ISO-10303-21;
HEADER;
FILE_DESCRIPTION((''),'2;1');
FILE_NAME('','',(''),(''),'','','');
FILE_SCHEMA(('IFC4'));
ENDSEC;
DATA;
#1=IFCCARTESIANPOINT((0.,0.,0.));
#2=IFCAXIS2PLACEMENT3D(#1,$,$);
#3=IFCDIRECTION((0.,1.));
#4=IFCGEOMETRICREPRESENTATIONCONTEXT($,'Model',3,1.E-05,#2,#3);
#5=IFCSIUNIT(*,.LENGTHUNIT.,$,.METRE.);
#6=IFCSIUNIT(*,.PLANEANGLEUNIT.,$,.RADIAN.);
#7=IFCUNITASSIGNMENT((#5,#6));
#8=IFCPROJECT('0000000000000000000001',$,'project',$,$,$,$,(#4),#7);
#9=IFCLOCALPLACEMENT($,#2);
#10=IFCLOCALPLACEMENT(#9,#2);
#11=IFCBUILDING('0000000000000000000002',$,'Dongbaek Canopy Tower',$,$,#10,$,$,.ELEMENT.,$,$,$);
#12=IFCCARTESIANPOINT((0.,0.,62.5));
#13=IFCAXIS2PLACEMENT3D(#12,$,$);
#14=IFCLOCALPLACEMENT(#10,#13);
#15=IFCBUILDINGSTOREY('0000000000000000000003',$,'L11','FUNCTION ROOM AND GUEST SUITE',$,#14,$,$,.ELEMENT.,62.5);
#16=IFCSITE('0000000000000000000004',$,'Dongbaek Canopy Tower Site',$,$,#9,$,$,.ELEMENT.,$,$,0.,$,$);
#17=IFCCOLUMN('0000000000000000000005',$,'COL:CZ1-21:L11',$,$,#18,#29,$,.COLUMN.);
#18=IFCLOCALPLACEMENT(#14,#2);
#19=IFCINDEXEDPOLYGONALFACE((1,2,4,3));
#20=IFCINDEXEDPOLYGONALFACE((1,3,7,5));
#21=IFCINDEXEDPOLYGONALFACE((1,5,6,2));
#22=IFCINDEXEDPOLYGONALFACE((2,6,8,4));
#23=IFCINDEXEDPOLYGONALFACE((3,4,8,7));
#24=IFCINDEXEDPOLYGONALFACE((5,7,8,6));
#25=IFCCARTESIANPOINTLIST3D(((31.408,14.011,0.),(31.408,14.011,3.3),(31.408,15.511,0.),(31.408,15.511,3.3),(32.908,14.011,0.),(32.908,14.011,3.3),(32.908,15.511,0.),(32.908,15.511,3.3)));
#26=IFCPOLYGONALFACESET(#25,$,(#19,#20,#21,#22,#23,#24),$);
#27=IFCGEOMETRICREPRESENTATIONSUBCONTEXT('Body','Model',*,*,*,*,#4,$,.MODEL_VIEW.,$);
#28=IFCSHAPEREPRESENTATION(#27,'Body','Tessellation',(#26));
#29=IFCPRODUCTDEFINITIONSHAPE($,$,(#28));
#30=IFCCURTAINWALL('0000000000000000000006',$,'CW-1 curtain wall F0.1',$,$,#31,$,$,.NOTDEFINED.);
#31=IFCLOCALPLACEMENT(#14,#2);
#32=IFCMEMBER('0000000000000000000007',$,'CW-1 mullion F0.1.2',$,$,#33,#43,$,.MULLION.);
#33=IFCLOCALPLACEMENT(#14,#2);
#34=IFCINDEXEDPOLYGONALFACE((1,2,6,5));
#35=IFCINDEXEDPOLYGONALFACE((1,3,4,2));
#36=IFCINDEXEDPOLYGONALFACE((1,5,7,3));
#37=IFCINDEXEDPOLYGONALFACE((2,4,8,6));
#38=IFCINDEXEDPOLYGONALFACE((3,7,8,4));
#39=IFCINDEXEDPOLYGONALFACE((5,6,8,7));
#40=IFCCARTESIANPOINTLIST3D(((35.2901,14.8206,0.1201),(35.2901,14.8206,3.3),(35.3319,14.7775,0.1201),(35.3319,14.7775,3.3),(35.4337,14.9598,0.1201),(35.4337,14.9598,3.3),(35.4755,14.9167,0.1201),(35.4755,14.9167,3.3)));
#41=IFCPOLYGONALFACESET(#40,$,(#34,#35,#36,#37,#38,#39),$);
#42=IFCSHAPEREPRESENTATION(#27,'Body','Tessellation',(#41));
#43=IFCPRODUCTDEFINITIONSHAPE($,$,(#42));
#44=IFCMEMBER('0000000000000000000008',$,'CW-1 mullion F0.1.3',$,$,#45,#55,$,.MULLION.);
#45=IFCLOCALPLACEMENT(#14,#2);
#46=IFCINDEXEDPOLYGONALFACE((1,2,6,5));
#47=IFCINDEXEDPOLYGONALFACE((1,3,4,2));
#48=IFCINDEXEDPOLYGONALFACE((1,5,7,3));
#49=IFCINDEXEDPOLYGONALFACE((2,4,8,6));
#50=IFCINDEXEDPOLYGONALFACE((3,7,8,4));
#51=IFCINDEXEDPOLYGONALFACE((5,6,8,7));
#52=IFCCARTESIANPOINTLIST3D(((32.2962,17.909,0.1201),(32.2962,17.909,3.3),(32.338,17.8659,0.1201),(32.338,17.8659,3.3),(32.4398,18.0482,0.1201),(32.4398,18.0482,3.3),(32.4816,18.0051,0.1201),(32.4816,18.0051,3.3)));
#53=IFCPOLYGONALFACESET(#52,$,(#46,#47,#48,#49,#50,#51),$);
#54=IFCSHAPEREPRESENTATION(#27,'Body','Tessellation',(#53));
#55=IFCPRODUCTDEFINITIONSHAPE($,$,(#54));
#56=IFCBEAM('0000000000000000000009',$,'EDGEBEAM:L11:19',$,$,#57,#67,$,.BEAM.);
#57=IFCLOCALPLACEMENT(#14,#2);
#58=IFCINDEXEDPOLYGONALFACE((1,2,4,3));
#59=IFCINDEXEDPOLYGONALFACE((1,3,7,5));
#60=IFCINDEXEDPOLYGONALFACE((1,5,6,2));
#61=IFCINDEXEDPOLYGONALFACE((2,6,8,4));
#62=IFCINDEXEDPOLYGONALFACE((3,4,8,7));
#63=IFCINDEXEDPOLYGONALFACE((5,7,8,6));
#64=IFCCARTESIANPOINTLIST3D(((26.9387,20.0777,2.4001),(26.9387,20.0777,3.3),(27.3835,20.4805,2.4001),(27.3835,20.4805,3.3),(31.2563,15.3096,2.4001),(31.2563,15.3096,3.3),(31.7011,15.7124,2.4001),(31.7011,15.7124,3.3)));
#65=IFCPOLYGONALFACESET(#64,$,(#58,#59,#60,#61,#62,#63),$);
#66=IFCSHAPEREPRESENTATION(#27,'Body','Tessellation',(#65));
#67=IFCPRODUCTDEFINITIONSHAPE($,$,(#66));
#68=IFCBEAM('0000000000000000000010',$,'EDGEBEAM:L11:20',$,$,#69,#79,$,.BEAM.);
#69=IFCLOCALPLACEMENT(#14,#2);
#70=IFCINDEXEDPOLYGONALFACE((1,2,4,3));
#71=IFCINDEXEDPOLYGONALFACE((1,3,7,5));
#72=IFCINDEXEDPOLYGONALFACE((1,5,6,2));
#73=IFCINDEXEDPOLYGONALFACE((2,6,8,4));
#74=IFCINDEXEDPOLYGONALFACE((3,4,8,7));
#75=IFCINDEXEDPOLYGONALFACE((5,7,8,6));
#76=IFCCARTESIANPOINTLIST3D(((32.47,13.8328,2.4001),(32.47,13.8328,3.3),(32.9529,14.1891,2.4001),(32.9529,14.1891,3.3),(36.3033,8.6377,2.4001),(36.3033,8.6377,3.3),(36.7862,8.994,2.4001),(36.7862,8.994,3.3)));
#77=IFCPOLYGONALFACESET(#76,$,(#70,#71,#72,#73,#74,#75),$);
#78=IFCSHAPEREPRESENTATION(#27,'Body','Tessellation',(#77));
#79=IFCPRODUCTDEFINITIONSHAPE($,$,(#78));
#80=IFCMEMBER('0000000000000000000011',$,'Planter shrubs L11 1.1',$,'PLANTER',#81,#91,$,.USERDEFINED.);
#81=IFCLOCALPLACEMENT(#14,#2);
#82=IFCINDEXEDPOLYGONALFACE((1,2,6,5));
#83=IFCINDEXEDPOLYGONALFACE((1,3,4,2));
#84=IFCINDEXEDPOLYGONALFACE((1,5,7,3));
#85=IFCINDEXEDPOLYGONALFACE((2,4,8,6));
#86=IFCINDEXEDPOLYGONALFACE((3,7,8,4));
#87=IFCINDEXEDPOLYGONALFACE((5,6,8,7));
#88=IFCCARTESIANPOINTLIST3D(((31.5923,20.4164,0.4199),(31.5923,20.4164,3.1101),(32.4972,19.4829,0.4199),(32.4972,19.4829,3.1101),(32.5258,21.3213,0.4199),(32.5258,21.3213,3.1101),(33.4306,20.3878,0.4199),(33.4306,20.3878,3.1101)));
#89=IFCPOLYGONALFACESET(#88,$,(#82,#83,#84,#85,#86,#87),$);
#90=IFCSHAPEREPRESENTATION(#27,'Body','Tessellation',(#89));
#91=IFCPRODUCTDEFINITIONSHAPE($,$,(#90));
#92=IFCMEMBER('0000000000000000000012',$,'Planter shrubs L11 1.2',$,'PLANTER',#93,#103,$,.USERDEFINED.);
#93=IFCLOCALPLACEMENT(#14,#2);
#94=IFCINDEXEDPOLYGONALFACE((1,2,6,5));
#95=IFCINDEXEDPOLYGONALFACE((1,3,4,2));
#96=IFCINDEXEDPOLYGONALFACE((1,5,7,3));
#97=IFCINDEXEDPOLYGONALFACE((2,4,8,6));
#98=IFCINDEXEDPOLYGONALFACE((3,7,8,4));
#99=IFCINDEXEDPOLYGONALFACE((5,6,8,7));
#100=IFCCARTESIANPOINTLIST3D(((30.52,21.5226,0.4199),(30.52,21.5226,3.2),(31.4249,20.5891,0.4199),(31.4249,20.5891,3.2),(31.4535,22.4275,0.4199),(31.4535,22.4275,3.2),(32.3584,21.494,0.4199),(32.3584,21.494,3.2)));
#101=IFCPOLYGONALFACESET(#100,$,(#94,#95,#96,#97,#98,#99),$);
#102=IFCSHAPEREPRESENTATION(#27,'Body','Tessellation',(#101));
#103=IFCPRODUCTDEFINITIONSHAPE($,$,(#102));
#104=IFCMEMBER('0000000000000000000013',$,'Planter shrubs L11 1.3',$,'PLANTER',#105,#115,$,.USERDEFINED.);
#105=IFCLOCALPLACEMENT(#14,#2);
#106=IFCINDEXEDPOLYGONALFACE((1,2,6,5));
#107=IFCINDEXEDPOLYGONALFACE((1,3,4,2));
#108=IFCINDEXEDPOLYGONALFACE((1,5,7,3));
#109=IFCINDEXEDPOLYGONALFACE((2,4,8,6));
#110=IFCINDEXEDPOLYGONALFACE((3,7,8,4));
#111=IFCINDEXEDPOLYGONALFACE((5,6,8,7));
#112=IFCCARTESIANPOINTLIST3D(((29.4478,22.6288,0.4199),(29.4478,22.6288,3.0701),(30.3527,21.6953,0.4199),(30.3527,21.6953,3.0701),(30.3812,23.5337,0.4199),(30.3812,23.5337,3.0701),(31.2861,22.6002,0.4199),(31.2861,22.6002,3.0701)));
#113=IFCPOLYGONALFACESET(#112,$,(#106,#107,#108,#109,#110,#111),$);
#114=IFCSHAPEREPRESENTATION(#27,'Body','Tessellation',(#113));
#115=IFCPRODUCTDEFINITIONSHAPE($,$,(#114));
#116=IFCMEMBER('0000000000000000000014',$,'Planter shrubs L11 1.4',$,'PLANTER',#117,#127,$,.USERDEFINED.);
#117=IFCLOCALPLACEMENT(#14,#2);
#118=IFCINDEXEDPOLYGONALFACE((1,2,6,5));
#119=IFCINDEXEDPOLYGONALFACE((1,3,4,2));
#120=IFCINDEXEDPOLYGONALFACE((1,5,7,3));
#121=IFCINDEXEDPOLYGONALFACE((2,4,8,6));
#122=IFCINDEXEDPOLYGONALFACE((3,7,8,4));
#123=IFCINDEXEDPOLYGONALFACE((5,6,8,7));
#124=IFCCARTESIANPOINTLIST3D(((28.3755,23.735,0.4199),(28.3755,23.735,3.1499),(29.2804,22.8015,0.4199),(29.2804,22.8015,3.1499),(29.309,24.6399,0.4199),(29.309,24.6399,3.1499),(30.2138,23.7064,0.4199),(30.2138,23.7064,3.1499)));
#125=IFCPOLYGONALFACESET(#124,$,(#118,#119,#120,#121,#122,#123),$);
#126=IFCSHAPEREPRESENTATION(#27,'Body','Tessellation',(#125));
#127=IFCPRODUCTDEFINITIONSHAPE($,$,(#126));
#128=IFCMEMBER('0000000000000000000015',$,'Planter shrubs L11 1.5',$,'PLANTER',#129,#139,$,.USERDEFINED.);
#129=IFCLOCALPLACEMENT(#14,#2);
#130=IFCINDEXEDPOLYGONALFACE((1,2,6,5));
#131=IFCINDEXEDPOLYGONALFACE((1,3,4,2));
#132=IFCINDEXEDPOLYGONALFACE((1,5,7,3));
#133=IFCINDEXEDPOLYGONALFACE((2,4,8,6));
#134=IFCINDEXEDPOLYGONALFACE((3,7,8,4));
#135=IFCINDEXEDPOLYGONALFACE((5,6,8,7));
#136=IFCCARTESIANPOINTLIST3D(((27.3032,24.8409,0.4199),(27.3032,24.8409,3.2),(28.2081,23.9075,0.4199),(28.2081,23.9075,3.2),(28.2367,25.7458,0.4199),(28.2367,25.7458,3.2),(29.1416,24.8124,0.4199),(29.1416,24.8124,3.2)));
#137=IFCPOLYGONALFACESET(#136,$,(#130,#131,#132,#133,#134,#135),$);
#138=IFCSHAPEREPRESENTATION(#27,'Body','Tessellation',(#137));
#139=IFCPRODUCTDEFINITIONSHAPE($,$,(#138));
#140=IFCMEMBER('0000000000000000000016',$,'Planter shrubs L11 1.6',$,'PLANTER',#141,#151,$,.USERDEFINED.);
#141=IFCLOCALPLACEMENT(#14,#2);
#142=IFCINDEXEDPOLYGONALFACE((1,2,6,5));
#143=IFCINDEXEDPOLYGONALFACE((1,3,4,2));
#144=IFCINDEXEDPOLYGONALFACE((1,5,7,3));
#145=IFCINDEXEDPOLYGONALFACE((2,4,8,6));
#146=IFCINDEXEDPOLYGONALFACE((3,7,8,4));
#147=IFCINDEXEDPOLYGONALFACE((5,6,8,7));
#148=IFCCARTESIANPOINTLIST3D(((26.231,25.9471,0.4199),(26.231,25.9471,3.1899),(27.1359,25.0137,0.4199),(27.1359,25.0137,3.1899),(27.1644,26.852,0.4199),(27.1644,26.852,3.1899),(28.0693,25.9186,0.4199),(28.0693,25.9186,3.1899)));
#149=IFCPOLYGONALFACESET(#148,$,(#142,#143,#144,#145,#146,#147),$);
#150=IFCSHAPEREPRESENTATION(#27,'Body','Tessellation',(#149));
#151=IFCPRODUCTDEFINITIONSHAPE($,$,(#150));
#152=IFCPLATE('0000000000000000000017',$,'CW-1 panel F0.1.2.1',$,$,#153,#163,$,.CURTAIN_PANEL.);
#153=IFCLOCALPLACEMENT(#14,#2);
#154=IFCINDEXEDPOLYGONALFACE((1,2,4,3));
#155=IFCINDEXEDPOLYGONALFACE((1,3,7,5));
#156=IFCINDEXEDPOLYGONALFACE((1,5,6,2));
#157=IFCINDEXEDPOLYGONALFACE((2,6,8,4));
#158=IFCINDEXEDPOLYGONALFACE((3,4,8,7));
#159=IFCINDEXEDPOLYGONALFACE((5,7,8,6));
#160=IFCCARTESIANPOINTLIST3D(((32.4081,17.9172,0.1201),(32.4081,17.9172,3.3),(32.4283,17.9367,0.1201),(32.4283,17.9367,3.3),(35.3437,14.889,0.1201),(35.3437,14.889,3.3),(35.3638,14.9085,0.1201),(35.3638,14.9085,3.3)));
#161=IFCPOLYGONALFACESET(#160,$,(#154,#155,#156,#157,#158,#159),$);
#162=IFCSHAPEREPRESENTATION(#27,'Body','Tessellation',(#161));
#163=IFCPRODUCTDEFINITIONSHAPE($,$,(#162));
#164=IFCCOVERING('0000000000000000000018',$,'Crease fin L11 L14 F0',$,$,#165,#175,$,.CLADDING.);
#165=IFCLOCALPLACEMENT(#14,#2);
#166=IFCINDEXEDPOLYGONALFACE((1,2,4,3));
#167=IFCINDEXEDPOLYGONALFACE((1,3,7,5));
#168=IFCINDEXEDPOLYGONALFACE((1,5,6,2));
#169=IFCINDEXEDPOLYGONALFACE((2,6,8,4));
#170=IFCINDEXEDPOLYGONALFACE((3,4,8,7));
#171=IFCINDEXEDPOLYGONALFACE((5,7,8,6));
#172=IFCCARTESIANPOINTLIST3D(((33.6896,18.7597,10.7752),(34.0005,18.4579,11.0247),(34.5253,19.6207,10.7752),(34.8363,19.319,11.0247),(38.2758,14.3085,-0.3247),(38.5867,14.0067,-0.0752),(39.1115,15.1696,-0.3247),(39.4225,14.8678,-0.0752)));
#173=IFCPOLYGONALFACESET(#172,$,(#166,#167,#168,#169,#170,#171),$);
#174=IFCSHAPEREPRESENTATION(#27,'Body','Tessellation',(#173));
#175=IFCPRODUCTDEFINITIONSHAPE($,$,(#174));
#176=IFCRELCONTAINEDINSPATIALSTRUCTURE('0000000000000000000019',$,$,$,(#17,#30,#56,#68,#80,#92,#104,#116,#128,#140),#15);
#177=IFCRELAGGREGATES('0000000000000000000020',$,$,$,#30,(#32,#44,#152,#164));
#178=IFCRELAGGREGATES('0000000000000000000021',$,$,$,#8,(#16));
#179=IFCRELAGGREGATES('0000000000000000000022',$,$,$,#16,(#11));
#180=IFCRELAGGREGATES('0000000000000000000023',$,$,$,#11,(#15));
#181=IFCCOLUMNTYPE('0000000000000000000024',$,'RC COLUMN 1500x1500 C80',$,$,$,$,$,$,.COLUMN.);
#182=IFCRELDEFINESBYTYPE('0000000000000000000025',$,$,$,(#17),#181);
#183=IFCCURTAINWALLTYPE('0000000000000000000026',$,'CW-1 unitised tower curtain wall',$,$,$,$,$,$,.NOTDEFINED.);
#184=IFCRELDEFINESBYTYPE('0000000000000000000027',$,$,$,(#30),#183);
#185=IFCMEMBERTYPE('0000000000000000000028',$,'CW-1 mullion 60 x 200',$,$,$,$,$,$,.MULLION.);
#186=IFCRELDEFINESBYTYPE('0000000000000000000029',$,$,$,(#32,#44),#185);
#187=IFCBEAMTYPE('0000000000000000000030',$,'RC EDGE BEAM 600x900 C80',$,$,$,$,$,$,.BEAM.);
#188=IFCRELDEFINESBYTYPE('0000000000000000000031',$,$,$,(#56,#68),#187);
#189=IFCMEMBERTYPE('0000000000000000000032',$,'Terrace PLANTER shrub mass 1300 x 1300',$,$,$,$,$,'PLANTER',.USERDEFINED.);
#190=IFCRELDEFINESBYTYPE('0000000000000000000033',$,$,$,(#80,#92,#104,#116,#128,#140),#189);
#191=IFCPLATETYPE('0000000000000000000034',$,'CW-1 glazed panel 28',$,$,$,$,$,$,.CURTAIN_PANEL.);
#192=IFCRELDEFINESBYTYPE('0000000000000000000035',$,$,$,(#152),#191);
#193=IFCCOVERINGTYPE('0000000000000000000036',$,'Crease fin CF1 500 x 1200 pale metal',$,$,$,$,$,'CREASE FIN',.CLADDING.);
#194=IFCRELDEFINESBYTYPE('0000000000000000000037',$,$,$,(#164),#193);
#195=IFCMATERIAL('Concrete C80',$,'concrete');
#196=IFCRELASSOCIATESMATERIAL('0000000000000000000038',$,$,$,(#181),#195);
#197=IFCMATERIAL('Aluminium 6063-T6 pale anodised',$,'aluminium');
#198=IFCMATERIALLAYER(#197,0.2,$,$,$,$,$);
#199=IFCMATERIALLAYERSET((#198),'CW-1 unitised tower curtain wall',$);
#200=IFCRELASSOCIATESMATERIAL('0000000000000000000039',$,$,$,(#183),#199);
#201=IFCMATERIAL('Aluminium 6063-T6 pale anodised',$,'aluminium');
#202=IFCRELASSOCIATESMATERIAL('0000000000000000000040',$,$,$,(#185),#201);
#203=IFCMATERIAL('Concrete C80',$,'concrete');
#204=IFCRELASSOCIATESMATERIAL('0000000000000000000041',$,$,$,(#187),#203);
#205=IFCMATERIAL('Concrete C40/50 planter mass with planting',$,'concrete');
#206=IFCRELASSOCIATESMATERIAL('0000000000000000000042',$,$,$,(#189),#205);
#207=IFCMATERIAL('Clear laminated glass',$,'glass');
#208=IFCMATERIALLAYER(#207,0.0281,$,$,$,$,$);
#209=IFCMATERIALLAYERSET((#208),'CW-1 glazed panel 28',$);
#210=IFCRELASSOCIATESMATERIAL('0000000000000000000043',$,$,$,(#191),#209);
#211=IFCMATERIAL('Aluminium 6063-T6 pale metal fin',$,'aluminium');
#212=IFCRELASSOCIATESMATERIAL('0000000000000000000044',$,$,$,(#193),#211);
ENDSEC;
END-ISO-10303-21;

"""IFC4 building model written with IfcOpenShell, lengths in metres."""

from ifc_helpers import new_model, si_unit, direction, frame, origin, origin_2d, place, context, subcontext, project, spatial, rectangle, extrude, material, layer, layer_set, material_profile, profile_set, type_object, element, aggregate, save


model = new_model("IFC4")

# Units and contexts
model_context = context("Model", 3, precision=1e-05, world=origin(), true_north=direction((0.0, 1.0)))
body_context = subcontext(model_context, "Body", "Model", "MODEL_VIEW")
ifc_project = project(units=[si_unit("LENGTHUNIT", "METRE"), si_unit("PLANEANGLEUNIT", "RADIAN")], contexts=[model_context])

# Site, building, storey
site_placement = place(None, origin())
site = spatial("IfcSite", under=ifc_project, at=site_placement, Name="Dongbaek Canopy Tower Site", CompositionType="ELEMENT", RefElevation=0.0)
building_placement = place(site_placement, origin())
building = spatial("IfcBuilding", under=site, at=building_placement, Name="Dongbaek Canopy Tower", CompositionType="ELEMENT")
storey_placement = place(building_placement, frame((0.0, 0.0, 62.5)))
storey = spatial("IfcBuildingStorey", under=building, at=storey_placement, Name="L11", Description="FUNCTION ROOM AND GUEST SUITE", CompositionType="ELEMENT", Elevation=62.5)

# Column
ifc_material_1 = material(Name="Concrete C80", Category="concrete")
ifc_material_profile_1 = material_profile(ifc_material_1, rectangle(XDim=1.5, YDim=1.5, at=origin_2d()), Name="RC COLUMN 1500x1500 C80")
ifc_profile_set_1 = profile_set([ifc_material_profile_1], Name="Concrete C80")
column_type = type_object("IfcColumnType", Name="RC COLUMN 1500x1500 C80", PredefinedType="COLUMN", material=ifc_profile_set_1)
column_placement = place(storey_placement, frame((32.158, 14.761, 0.0), z_axis=(0.0, 0.0, 1.0), x_axis=(1.0, 0.0, 0.0)))
element("IfcColumn", 1, at=column_placement, inside=storey, type_object=column_type, Name="COL:CZ1-21:L11", PredefinedType="COLUMN", context=body_context, shape_type="SweptSolid", body=[
    extrude(rectangle(XDim=1.5, YDim=1.5, at=origin_2d()), origin(), (0.0, 0.0, 1.0), 3.3),
])

# Curtain wall, members
ifc_material_2 = material(Name="Aluminium 6063-T6 pale anodised", Category="aluminium")
ifc_layer_1 = layer(ifc_material_2, 0.2)
ifc_layer_set_1 = layer_set([ifc_layer_1], Name="CW-1 unitised tower curtain wall")
curtain_wall_type = type_object("IfcCurtainWallType", Name="CW-1 unitised tower curtain wall", PredefinedType="NOTDEFINED", material=ifc_layer_set_1)
curtain_wall_placement = place(storey_placement, origin())
curtain_wall = element("IfcCurtainWall", 2, at=curtain_wall_placement, inside=storey, type_object=curtain_wall_type, Name="CW-1 curtain wall F0.1", PredefinedType="NOTDEFINED")
ifc_material_3 = material(Name="Aluminium 6063-T6 pale anodised", Category="aluminium")
ifc_material_profile_2 = material_profile(ifc_material_3, rectangle(XDim=0.2, YDim=0.0601, at=origin_2d()), Name="CW-1 mullion 60 x 200")
ifc_profile_set_2 = profile_set([ifc_material_profile_2], Name="Aluminium 6063-T6 pale anodised")
member_type_1 = type_object("IfcMemberType", Name="CW-1 mullion 60 x 200", PredefinedType="MULLION", material=ifc_profile_set_2)
member_1_placement = place(storey_placement, frame((35.3828, 14.8687, 0.1201), z_axis=(0.0, 0.0, 1.0), x_axis=(0.718004, 0.696039, 0.0)))
member_1 = element("IfcMember", 3, at=member_1_placement, type_object=member_type_1, Name="CW-1 mullion F0.1.2", PredefinedType="MULLION", context=body_context, shape_type="SweptSolid", body=[
    extrude(rectangle(XDim=0.2, YDim=0.0601, at=origin_2d()), origin(), (0.0, 0.0, 1.0), 3.1799),
])
member_2_placement = place(storey_placement, frame((32.3889, 17.957, 0.1201), z_axis=(0.0, 0.0, 1.0), x_axis=(0.718004, 0.696039, 0.0)))
member_2 = element("IfcMember", 4, at=member_2_placement, type_object=member_type_1, Name="CW-1 mullion F0.1.3", PredefinedType="MULLION", context=body_context, shape_type="SweptSolid", body=[
    extrude(rectangle(XDim=0.2, YDim=0.0601, at=origin_2d()), origin(), (0.0, 0.0, 1.0), 3.1799),
])

# Beams
ifc_material_4 = material(Name="Concrete C80", Category="concrete")
ifc_material_profile_3 = material_profile(ifc_material_4, rectangle(XDim=0.6001, YDim=0.8999, at=origin_2d()), Name="RC EDGE BEAM 600x900 C80")
ifc_profile_set_3 = profile_set([ifc_material_profile_3], Name="Concrete C80")
beam_type = type_object("IfcBeamType", Name="RC EDGE BEAM 600x900 C80", PredefinedType="BEAM", material=ifc_profile_set_3)
beam_1_placement = place(storey_placement, frame((27.1611, 20.2791, 2.8501), z_axis=(0.671226, -0.741252, 0.0), x_axis=(0.741252, 0.671226, 0.0)))
element("IfcBeam", 5, at=beam_1_placement, inside=storey, type_object=beam_type, Name="EDGEBEAM:L11:19", PredefinedType="BEAM", context=body_context, shape_type="SweptSolid", body=[
    extrude(rectangle(XDim=0.6001, YDim=0.8999, at=origin_2d()), origin(), (0.0, 0.0, 1.0), 6.4324),
])
beam_2_placement = place(storey_placement, frame((32.7114, 14.011, 2.8501), z_axis=(0.593732, -0.804663, 0.0), x_axis=(0.804663, 0.593732, 0.0)))
element("IfcBeam", 6, at=beam_2_placement, inside=storey, type_object=beam_type, Name="EDGEBEAM:L11:20", PredefinedType="BEAM", context=body_context, shape_type="SweptSolid", body=[
    extrude(rectangle(XDim=0.6001, YDim=0.8999, at=origin_2d()), origin(), (0.0, 0.0, 1.0), 6.4563),
])

# Members
ifc_material_5 = material(Name="Concrete C40/50 planter mass with planting", Category="concrete")
ifc_material_profile_4 = material_profile(ifc_material_5, rectangle(XDim=1.3, YDim=1.3, at=origin_2d()), Name="Terrace PLANTER shrub mass 1300 x 1300")
ifc_profile_set_4 = profile_set([ifc_material_profile_4], Name="Concrete C40/50 planter mass with planting")
member_type_2 = type_object("IfcMemberType", Name="Terrace PLANTER shrub mass 1300 x 1300", ElementType="PLANTER", PredefinedType="USERDEFINED", material=ifc_profile_set_4)
member_3_placement = place(storey_placement, frame((32.5115, 20.4021, 0.4199), z_axis=(0.0, 0.0, 1.0), x_axis=(0.718004, 0.696039, 0.0)))
element("IfcMember", 7, at=member_3_placement, inside=storey, type_object=member_type_2, Name="Planter shrubs L11 1.1", ObjectType="PLANTER", PredefinedType="USERDEFINED", context=body_context, shape_type="SweptSolid", body=[
    extrude(rectangle(XDim=1.3, YDim=1.3, at=origin_2d()), origin(), (0.0, 0.0, 1.0), 2.6902),
])
member_4_placement = place(storey_placement, frame((31.4392, 21.5083, 0.4199), z_axis=(0.0, 0.0, 1.0), x_axis=(0.718004, 0.696039, 0.0)))
element("IfcMember", 8, at=member_4_placement, inside=storey, type_object=member_type_2, Name="Planter shrubs L11 1.2", ObjectType="PLANTER", PredefinedType="USERDEFINED", context=body_context, shape_type="SweptSolid", body=[
    extrude(rectangle(XDim=1.3, YDim=1.3, at=origin_2d()), origin(), (0.0, 0.0, 1.0), 2.78),
])
member_5_placement = place(storey_placement, frame((30.3669, 22.6145, 0.4199), z_axis=(0.0, 0.0, 1.0), x_axis=(0.718004, 0.696039, 0.0)))
element("IfcMember", 9, at=member_5_placement, inside=storey, type_object=member_type_2, Name="Planter shrubs L11 1.3", ObjectType="PLANTER", PredefinedType="USERDEFINED", context=body_context, shape_type="SweptSolid", body=[
    extrude(rectangle(XDim=1.3, YDim=1.3, at=origin_2d()), origin(), (0.0, 0.0, 1.0), 2.6501),
])
member_6_placement = place(storey_placement, frame((29.2947, 23.7207, 0.4199), z_axis=(0.0, 0.0, 1.0), x_axis=(0.718004, 0.696039, 0.0)))
element("IfcMember", 10, at=member_6_placement, inside=storey, type_object=member_type_2, Name="Planter shrubs L11 1.4", ObjectType="PLANTER", PredefinedType="USERDEFINED", context=body_context, shape_type="SweptSolid", body=[
    extrude(rectangle(XDim=1.3, YDim=1.3, at=origin_2d()), origin(), (0.0, 0.0, 1.0), 2.73),
])
member_7_placement = place(storey_placement, frame((28.2224, 24.8267, 0.4199), z_axis=(0.0, 0.0, 1.0), x_axis=(0.718004, 0.696039, 0.0)))
element("IfcMember", 11, at=member_7_placement, inside=storey, type_object=member_type_2, Name="Planter shrubs L11 1.5", ObjectType="PLANTER", PredefinedType="USERDEFINED", context=body_context, shape_type="SweptSolid", body=[
    extrude(rectangle(XDim=1.3, YDim=1.3, at=origin_2d()), origin(), (0.0, 0.0, 1.0), 2.78),
])
member_8_placement = place(storey_placement, frame((27.1501, 25.9329, 0.4199), z_axis=(0.0, 0.0, 1.0), x_axis=(0.718004, 0.696039, 0.0)))
element("IfcMember", 12, at=member_8_placement, inside=storey, type_object=member_type_2, Name="Planter shrubs L11 1.6", ObjectType="PLANTER", PredefinedType="USERDEFINED", context=body_context, shape_type="SweptSolid", body=[
    extrude(rectangle(XDim=1.3, YDim=1.3, at=origin_2d()), origin(), (0.0, 0.0, 1.0), 2.77),
])

# Plate
ifc_material_6 = material(Name="Clear laminated glass", Category="glass")
ifc_layer_2 = layer(ifc_material_6, 0.0281)
ifc_layer_set_2 = layer_set([ifc_layer_2], Name="CW-1 glazed panel 28")
plate_type = type_object("IfcPlateType", Name="CW-1 glazed panel 28", PredefinedType="CURTAIN_PANEL", material=ifc_layer_set_2)
plate_placement = place(storey_placement, frame((33.886, 16.4128, 0.1201), z_axis=(0.0, 0.0, 1.0), x_axis=(-0.696039, 0.718004, 0.0)))
plate = element("IfcPlate", 13, at=plate_placement, type_object=plate_type, Name="CW-1 panel F0.1.2.1", PredefinedType="CURTAIN_PANEL", context=body_context, shape_type="SweptSolid", body=[
    extrude(rectangle(XDim=4.2175, YDim=0.0281, at=origin_2d()), origin(), (0.0, 0.0, 1.0), 3.1799),
])

# Covering
ifc_material_7 = material(Name="Aluminium 6063-T6 pale metal fin", Category="aluminium")
ifc_material_profile_5 = material_profile(ifc_material_7, rectangle(XDim=1.2, YDim=0.5, at=origin_2d()), Name="Crease fin CF1 500 x 1200 pale metal")
ifc_profile_set_5 = profile_set([ifc_material_profile_5], Name="Aluminium 6063-T6 pale metal fin")
covering_type = type_object("IfcCoveringType", Name="Crease fin CF1 500 x 1200 pale metal", ElementType="CREASE FIN", PredefinedType="CLADDING", material=ifc_profile_set_5)
covering_placement = place(storey_placement, frame((38.8491, 14.5881, -0.2), z_axis=(-0.358063, 0.347522, 0.866614), x_axis=(-0.696466, -0.71759, 0.0)))
covering = element("IfcCovering", 14, at=covering_placement, type_object=covering_type, Name="Crease fin L11 L14 F0", PredefinedType="CLADDING", context=body_context, shape_type="SweptSolid", body=[
    extrude(rectangle(XDim=1.2, YDim=0.5, at=origin_2d()), origin(), (0.0, 0.0, 1.0), 12.8083),
])
aggregate(curtain_wall, [member_1, member_2, plate, covering])

save(model, "model.ifc")
